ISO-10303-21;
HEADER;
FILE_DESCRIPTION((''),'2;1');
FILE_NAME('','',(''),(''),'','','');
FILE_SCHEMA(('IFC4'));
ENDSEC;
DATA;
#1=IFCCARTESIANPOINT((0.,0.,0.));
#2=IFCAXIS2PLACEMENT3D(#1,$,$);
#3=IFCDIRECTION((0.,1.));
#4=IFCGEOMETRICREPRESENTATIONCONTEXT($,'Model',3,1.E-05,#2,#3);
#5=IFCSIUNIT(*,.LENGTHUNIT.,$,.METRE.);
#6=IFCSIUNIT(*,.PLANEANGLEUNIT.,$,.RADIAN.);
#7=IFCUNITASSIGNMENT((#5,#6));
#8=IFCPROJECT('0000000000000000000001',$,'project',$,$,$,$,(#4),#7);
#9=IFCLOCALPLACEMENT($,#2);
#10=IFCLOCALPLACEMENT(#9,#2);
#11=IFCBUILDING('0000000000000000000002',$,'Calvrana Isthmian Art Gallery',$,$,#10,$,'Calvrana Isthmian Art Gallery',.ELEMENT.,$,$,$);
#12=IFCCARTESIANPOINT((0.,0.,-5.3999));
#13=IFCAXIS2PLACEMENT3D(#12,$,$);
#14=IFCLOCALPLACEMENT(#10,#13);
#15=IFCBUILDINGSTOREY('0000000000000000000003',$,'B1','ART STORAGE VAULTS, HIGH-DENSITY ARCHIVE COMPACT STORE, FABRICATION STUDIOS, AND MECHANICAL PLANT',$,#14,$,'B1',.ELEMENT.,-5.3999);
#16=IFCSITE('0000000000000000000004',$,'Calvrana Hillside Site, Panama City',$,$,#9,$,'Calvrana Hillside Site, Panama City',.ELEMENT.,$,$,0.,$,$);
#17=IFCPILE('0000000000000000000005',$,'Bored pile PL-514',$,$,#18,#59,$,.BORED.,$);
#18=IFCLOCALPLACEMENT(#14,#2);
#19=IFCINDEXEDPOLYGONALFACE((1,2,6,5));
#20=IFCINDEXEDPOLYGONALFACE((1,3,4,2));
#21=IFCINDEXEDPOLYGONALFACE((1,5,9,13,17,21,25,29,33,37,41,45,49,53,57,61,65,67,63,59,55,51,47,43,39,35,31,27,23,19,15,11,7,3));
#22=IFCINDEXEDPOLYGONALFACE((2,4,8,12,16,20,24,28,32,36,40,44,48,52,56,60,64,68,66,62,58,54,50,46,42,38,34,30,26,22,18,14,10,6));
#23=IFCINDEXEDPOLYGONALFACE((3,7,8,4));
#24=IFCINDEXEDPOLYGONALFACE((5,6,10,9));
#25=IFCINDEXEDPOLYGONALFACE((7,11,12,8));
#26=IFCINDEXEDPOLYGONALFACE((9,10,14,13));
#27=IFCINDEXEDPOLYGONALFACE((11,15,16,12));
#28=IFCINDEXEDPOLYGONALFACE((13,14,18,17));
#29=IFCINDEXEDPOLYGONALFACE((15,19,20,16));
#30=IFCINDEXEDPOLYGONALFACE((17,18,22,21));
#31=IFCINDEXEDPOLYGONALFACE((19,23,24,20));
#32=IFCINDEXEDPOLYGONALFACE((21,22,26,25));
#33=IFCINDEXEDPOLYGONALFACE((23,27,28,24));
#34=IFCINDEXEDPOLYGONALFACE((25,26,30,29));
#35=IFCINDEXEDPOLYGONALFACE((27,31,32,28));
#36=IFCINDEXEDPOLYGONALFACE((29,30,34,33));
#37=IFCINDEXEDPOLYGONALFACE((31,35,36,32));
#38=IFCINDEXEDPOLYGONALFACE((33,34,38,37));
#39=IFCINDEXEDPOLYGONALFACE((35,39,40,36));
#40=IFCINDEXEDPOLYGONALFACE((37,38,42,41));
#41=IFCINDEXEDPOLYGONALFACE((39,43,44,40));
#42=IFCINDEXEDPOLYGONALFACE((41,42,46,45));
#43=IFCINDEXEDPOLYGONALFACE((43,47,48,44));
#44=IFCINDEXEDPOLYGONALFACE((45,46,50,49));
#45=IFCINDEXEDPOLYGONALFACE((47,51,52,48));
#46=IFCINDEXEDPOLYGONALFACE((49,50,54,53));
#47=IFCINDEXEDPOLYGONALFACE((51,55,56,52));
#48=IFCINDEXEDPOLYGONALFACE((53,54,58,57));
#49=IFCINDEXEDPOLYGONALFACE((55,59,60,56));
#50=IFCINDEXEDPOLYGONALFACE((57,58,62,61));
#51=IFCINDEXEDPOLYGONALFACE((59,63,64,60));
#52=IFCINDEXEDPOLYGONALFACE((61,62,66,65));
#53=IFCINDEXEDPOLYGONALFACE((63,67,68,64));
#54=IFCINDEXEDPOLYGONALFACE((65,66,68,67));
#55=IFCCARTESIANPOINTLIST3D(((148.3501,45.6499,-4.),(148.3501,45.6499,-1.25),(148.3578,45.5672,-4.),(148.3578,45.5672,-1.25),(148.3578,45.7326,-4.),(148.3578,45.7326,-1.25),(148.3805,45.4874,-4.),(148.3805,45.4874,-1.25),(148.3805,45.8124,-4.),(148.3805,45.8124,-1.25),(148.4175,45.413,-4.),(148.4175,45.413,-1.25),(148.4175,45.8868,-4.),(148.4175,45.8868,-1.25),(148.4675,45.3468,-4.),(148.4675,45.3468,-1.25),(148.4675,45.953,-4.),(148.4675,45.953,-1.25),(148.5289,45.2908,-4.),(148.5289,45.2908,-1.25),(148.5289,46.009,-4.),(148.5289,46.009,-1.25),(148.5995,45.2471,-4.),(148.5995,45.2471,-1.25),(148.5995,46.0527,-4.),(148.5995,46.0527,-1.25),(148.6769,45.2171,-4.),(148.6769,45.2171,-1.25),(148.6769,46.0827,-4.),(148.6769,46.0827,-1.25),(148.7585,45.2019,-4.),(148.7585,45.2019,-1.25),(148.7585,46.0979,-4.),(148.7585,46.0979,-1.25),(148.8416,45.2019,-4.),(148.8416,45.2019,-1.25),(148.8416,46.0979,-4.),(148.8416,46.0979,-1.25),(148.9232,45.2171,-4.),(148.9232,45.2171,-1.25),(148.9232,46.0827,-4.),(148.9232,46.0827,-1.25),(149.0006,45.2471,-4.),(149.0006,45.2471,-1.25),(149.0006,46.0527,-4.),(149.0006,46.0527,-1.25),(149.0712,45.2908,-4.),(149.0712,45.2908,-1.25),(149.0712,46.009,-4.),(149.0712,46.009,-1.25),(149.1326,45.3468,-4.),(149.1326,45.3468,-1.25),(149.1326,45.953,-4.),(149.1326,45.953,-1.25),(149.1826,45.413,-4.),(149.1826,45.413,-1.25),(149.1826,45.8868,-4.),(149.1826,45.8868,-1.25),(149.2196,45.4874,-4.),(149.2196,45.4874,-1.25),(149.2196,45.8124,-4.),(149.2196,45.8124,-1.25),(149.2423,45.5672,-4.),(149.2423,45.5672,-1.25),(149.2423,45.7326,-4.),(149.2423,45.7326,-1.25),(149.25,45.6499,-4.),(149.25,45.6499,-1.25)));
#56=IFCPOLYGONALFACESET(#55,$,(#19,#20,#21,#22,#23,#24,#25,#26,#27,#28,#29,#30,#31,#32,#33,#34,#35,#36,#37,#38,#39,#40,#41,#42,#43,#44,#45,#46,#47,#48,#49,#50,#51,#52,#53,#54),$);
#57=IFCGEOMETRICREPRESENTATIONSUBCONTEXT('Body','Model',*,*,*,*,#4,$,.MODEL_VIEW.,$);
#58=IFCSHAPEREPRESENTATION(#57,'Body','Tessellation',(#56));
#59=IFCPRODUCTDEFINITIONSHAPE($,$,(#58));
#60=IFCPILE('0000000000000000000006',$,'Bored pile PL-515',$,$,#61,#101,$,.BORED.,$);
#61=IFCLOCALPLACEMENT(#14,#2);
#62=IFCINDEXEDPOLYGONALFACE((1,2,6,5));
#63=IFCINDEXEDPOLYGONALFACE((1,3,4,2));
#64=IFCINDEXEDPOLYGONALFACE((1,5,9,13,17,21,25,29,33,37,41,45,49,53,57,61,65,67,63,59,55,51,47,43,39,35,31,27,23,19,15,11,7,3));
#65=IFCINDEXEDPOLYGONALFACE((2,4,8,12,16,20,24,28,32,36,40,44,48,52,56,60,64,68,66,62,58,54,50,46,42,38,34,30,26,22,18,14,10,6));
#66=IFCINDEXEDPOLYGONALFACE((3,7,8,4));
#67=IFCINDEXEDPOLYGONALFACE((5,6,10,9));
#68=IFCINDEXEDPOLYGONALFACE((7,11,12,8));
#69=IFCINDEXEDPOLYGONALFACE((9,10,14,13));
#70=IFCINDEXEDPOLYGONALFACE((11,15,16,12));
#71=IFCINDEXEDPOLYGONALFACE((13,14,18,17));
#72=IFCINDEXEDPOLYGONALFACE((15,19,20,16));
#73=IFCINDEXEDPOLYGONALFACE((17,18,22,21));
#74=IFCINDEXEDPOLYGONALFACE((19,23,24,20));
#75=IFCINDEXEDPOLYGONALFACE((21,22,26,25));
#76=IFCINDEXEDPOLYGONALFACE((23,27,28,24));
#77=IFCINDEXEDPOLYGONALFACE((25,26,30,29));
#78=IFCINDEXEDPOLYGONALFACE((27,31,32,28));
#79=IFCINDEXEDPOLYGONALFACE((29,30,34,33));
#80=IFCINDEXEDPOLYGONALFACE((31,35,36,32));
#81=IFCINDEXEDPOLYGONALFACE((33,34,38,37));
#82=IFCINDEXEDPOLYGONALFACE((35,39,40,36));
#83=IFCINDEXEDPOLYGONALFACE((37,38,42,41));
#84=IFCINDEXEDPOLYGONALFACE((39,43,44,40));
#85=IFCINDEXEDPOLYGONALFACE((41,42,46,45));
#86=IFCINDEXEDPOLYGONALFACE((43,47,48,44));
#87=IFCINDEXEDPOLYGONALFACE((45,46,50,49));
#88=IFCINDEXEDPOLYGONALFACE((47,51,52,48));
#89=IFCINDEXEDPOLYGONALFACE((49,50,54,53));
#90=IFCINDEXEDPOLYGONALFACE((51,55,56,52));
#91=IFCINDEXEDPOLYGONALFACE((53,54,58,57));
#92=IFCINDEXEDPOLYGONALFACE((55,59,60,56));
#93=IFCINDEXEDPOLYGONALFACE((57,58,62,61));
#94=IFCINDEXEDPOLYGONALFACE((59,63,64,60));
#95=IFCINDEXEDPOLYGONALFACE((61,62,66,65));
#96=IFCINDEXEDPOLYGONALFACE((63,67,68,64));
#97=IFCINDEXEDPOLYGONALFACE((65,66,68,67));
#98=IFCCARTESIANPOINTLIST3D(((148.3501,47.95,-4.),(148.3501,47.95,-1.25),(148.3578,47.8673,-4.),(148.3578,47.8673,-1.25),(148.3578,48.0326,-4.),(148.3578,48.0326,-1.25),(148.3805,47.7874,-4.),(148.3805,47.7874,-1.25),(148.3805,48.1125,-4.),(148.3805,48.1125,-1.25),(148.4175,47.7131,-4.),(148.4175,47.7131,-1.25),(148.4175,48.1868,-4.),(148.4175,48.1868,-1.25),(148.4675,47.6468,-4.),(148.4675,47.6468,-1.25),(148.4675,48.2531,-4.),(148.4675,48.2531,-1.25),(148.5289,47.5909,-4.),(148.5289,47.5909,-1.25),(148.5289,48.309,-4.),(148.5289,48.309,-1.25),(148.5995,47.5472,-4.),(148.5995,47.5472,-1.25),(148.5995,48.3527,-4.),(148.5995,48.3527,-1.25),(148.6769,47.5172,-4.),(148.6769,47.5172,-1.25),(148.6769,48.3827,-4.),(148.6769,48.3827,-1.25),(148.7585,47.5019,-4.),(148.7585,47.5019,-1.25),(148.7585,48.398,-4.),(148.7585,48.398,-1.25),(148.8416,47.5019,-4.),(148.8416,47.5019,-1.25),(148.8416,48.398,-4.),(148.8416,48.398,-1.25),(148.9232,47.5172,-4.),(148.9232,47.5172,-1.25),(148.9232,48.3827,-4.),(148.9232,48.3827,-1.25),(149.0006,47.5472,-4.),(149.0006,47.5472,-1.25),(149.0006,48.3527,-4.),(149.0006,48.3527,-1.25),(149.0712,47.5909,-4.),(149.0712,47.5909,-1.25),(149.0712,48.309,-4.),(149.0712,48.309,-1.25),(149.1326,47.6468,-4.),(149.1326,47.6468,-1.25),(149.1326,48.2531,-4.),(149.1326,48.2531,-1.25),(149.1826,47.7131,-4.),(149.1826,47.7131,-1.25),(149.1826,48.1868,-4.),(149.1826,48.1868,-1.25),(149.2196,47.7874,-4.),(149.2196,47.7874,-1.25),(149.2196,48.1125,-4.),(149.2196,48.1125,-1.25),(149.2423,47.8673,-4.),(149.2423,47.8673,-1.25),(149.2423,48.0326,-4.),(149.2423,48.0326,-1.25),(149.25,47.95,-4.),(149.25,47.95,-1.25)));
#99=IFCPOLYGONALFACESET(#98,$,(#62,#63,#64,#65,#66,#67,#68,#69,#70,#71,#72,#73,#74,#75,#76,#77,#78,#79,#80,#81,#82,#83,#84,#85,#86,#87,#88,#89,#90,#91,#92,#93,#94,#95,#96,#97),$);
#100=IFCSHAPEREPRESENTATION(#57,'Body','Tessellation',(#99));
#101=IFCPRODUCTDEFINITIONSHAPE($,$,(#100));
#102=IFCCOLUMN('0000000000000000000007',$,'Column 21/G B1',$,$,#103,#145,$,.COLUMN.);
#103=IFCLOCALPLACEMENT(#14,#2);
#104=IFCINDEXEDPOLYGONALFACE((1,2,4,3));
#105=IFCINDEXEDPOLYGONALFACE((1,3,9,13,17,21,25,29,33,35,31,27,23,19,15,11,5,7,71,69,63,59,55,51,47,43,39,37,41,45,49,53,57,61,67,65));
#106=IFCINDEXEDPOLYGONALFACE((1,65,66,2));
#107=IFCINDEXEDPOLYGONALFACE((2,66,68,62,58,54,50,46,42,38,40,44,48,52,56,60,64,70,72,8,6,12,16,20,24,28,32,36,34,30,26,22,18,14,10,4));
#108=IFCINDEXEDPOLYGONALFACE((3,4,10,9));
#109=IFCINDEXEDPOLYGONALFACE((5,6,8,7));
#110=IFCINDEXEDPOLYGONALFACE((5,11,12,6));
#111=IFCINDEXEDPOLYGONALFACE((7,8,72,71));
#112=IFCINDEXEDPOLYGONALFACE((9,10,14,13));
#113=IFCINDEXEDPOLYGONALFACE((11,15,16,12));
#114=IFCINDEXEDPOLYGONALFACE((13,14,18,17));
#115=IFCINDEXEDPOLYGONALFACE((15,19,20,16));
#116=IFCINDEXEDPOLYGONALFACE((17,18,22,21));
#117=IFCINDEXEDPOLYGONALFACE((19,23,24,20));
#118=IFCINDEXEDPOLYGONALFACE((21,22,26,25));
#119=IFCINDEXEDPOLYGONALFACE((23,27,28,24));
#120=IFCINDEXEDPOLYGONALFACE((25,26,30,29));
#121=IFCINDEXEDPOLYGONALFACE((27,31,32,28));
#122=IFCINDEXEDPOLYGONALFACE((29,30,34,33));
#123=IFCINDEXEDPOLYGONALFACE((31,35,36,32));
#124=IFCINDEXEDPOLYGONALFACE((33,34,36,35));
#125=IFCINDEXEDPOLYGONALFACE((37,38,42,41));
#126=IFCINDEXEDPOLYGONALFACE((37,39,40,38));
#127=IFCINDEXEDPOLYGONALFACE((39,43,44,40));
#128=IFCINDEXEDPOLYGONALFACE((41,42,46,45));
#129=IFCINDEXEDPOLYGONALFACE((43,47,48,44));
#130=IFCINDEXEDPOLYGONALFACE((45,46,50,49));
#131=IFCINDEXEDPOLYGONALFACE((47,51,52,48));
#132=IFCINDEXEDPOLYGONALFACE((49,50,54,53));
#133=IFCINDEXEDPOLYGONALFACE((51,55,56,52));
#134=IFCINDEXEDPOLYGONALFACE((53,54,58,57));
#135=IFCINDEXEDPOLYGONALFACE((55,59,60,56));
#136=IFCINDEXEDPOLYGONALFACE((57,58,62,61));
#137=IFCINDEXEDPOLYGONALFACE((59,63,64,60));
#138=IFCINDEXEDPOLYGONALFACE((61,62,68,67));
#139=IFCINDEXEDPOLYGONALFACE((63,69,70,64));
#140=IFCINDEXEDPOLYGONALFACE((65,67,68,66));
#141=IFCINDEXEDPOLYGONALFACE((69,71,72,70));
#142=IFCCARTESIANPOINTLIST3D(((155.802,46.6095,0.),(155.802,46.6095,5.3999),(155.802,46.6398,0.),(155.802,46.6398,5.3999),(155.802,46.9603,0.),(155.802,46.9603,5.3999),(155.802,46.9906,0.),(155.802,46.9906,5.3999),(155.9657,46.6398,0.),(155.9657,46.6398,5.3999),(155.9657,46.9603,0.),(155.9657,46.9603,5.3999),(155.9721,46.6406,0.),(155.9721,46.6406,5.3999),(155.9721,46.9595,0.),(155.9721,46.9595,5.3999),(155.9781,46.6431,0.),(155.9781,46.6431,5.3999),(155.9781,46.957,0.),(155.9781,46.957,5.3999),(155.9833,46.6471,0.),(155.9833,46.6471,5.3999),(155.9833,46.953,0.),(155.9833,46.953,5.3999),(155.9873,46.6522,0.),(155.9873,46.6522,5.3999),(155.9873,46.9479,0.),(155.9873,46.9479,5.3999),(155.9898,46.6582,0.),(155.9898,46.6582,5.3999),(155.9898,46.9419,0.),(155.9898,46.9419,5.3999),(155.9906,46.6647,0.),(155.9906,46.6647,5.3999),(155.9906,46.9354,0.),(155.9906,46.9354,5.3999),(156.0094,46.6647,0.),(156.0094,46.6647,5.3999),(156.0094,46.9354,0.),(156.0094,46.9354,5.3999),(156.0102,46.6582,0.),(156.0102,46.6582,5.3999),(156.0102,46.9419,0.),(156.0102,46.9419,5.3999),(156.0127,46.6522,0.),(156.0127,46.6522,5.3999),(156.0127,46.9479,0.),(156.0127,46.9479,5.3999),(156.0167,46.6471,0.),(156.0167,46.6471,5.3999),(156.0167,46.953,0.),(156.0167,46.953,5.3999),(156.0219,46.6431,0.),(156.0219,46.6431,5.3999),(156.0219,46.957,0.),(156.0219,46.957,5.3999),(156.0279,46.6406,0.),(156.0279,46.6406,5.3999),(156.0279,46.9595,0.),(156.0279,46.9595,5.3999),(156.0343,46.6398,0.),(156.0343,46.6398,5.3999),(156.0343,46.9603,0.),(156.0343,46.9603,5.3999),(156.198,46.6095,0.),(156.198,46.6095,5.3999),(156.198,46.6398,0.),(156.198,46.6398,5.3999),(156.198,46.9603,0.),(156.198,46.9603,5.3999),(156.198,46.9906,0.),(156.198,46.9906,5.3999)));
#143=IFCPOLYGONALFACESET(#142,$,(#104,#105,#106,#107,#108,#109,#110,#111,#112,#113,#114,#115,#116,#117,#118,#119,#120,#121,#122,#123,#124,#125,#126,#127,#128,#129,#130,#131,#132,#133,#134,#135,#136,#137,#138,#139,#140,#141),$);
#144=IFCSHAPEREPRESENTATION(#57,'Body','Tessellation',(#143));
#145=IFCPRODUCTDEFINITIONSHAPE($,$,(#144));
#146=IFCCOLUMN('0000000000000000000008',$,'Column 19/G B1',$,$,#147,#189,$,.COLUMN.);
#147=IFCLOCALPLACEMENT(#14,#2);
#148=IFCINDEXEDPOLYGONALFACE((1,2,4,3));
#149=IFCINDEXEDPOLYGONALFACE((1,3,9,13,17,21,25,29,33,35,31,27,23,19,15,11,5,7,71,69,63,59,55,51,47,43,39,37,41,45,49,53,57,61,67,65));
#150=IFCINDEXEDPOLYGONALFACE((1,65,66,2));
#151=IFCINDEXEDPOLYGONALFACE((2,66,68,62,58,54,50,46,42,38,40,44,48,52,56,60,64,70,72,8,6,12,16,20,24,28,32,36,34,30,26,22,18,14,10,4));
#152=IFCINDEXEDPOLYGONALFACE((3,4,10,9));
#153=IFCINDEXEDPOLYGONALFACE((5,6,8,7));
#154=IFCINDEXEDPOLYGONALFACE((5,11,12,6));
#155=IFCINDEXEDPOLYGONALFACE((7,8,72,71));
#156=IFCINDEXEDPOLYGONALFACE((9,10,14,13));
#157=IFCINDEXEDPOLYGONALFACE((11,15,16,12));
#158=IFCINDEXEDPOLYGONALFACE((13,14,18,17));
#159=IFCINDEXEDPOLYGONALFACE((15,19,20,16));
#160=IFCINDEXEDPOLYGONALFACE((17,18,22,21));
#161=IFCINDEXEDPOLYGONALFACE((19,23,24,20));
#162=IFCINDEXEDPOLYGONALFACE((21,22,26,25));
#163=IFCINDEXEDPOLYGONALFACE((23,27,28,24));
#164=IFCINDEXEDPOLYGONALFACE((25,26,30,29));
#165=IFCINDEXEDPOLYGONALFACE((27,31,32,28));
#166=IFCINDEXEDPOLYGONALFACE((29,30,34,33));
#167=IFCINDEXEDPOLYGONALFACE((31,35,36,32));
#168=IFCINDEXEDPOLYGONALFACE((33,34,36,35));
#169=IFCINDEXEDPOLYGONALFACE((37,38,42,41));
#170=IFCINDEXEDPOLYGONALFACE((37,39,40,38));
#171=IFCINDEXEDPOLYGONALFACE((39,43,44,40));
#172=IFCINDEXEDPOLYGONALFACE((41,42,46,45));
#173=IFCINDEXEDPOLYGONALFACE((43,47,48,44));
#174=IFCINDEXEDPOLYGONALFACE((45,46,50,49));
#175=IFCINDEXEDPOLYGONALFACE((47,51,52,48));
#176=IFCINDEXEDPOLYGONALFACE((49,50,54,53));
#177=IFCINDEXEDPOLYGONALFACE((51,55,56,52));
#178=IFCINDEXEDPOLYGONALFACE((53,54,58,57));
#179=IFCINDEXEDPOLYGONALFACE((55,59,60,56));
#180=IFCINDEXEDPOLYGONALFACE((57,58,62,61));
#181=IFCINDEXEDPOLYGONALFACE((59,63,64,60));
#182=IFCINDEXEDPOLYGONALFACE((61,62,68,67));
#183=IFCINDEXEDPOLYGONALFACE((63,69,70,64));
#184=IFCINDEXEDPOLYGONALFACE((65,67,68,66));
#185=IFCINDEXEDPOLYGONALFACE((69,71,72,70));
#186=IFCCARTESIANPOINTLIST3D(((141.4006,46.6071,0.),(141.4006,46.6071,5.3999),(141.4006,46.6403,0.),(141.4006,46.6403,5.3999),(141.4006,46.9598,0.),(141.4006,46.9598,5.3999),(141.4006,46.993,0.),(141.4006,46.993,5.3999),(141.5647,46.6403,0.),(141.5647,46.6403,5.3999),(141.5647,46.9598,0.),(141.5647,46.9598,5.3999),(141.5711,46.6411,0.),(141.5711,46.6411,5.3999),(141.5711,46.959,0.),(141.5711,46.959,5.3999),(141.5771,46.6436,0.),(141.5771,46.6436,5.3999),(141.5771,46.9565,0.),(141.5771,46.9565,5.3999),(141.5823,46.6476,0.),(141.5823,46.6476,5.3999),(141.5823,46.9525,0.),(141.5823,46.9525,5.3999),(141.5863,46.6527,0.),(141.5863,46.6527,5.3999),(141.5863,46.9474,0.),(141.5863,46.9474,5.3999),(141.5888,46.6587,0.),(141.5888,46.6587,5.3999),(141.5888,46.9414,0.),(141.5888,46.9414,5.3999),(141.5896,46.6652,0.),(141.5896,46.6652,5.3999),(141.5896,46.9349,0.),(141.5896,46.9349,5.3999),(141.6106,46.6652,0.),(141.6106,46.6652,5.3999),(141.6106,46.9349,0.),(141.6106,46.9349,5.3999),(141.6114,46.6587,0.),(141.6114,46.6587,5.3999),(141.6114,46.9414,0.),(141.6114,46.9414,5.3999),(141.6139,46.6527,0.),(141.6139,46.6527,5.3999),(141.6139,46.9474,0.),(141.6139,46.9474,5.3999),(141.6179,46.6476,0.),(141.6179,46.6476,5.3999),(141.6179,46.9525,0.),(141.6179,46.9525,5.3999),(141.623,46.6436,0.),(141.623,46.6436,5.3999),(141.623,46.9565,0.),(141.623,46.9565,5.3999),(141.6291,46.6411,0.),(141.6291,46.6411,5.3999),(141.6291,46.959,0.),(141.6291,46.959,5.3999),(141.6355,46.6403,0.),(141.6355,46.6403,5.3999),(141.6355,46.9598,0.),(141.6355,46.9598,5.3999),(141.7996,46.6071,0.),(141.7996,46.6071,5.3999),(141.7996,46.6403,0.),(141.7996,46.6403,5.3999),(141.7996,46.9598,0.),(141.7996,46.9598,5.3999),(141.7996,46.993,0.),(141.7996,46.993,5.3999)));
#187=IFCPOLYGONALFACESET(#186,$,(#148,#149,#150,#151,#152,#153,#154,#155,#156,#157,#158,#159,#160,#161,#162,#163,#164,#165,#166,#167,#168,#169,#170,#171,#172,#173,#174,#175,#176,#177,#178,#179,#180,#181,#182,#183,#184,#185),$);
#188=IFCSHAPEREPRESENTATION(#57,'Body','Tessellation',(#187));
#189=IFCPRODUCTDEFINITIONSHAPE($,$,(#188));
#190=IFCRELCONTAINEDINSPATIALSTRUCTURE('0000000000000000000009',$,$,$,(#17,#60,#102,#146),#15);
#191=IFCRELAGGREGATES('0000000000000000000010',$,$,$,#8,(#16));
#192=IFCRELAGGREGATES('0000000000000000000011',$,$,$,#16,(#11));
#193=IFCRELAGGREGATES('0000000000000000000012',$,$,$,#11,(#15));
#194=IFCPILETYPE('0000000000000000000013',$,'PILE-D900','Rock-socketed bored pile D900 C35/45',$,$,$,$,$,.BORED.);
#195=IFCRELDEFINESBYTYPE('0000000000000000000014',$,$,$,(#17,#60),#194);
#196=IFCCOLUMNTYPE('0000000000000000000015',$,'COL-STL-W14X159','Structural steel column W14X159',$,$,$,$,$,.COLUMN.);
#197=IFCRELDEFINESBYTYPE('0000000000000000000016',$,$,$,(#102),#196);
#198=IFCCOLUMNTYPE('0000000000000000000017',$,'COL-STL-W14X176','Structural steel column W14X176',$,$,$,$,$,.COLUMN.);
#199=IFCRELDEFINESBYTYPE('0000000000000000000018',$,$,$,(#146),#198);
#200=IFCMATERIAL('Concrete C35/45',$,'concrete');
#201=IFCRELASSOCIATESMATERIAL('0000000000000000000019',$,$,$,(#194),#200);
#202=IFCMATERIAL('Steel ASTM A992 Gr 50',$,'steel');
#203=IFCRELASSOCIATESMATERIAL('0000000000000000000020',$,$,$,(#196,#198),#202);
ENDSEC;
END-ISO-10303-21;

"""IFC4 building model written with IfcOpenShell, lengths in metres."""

from ifc_helpers import new_model, si_unit, direction, frame, origin, origin_2d, place, context, subcontext, project, spatial, circle, i_section, extrude, material, material_profile, profile_set, type_object, element, save


model = new_model("IFC4")

# Units and contexts
model_context = context("Model", 3, precision=1e-05, world=origin(), true_north=direction((0.0, 1.0)))
body_context = subcontext(model_context, "Body", "Model", "MODEL_VIEW")
ifc_project = project(units=[si_unit("LENGTHUNIT", "METRE"), si_unit("PLANEANGLEUNIT", "RADIAN")], contexts=[model_context])

# Site, building, storey
site_placement = place(None, origin())
site = spatial("IfcSite", under=ifc_project, at=site_placement, Name="Calvrana Hillside Site, Panama City", LongName="Calvrana Hillside Site, Panama City", CompositionType="ELEMENT", RefElevation=0.0)
building_placement = place(site_placement, origin())
building = spatial("IfcBuilding", under=site, at=building_placement, Name="Calvrana Isthmian Art Gallery", LongName="Calvrana Isthmian Art Gallery", CompositionType="ELEMENT")
storey_placement = place(building_placement, frame((0.0, 0.0, -5.3999)))
storey = spatial("IfcBuildingStorey", under=building, at=storey_placement, Name="B1", Description="ART STORAGE VAULTS, HIGH-DENSITY ARCHIVE COMPACT STORE, FABRICATION STUDIOS, AND MECHANICAL PLANT", LongName="B1", CompositionType="ELEMENT", Elevation=-5.3999)

# Shared definitions
ifc_material_1 = material(Name="Concrete C35/45", Category="concrete")

# Piles
ifc_material_profile_1 = material_profile(ifc_material_1, circle(Radius=0.45, at=origin_2d()), Name="PILE900D")
ifc_profile_set_1 = profile_set([ifc_material_profile_1], Name="Concrete C35/45")
pile_type_1 = type_object("IfcPileType", Name="PILE-D900", Description="Rock-socketed bored pile D900 C35/45", PredefinedType="BORED", material=ifc_profile_set_1)
for number, where, z_axis, x_axis, name in (
    (1, (148.8, 45.6499, -1.25), (0.0, 0.0, -1.0), (1.0, 0.0, 0.0), "Bored pile PL-514"),
    (2, (148.8, 47.95, -1.25), (0.0, 0.0, -1.0), (1.0, 0.0, 0.0), "Bored pile PL-515"),
):
    element("IfcPile", number, at=place(storey_placement, frame(where, z_axis=z_axis, x_axis=x_axis)), inside=storey, type_object=pile_type_1, Name=name, PredefinedType="BORED", context=body_context, shape_type="SweptSolid", body=[
        extrude(circle(Radius=0.45, at=origin_2d()), origin(), (0.0, 0.0, 1.0), 2.75),
    ])

# Columns
ifc_material_2 = material(Name="Steel ASTM A992 Gr 50", Category="steel")
ifc_material_profile_2 = material_profile(ifc_material_2, i_section(OverallWidth=0.396, OverallDepth=0.3811, WebThickness=0.0188, FlangeThickness=0.0303, FilletRadius=0.0249, at=origin_2d()), Name="W14X159")
ifc_profile_set_2 = profile_set([ifc_material_profile_2], Name="Steel ASTM A992 Gr 50")
column_type_1 = type_object("IfcColumnType", Name="COL-STL-W14X159", Description="Structural steel column W14X159", PredefinedType="COLUMN", material=ifc_profile_set_2)
column_1_placement = place(storey_placement, frame((156.0, 46.8, 0.0), z_axis=(0.0, 0.0, 1.0), x_axis=(1.0, 0.0, 0.0)))
element("IfcColumn", 3, at=column_1_placement, inside=storey, type_object=column_type_1, Name="Column 21/G B1", PredefinedType="COLUMN", context=body_context, shape_type="SweptSolid", body=[
    extrude(i_section(OverallWidth=0.396, OverallDepth=0.3811, WebThickness=0.0188, FlangeThickness=0.0303, FilletRadius=0.0249, at=origin_2d()), origin(), (0.0, 0.0, 1.0), 5.3999),
])
ifc_material_profile_3 = material_profile(ifc_material_2, i_section(OverallWidth=0.3989, OverallDepth=0.386, WebThickness=0.021, FlangeThickness=0.0332, FilletRadius=0.0249, at=origin_2d()), Name="W14X176")
ifc_profile_set_3 = profile_set([ifc_material_profile_3], Name="Steel ASTM A992 Gr 50")
column_type_2 = type_object("IfcColumnType", Name="COL-STL-W14X176", Description="Structural steel column W14X176", PredefinedType="COLUMN", material=ifc_profile_set_3)
for number, where, z_axis, x_axis, name in (
    (4, (141.6001, 46.8, 0.0), (0.0, 0.0, 1.0), (1.0, 0.0, 0.0), "Column 19/G B1"),
):
    element("IfcColumn", number, at=place(storey_placement, frame(where, z_axis=z_axis, x_axis=x_axis)), inside=storey, type_object=column_type_2, Name=name, PredefinedType="COLUMN", context=body_context, shape_type="SweptSolid", body=[
        extrude(i_section(OverallWidth=0.3989, OverallDepth=0.386, WebThickness=0.021, FlangeThickness=0.0332, FilletRadius=0.0249, at=origin_2d()), origin(), (0.0, 0.0, 1.0), 5.3999),
    ])

save(model, "model.ifc")
